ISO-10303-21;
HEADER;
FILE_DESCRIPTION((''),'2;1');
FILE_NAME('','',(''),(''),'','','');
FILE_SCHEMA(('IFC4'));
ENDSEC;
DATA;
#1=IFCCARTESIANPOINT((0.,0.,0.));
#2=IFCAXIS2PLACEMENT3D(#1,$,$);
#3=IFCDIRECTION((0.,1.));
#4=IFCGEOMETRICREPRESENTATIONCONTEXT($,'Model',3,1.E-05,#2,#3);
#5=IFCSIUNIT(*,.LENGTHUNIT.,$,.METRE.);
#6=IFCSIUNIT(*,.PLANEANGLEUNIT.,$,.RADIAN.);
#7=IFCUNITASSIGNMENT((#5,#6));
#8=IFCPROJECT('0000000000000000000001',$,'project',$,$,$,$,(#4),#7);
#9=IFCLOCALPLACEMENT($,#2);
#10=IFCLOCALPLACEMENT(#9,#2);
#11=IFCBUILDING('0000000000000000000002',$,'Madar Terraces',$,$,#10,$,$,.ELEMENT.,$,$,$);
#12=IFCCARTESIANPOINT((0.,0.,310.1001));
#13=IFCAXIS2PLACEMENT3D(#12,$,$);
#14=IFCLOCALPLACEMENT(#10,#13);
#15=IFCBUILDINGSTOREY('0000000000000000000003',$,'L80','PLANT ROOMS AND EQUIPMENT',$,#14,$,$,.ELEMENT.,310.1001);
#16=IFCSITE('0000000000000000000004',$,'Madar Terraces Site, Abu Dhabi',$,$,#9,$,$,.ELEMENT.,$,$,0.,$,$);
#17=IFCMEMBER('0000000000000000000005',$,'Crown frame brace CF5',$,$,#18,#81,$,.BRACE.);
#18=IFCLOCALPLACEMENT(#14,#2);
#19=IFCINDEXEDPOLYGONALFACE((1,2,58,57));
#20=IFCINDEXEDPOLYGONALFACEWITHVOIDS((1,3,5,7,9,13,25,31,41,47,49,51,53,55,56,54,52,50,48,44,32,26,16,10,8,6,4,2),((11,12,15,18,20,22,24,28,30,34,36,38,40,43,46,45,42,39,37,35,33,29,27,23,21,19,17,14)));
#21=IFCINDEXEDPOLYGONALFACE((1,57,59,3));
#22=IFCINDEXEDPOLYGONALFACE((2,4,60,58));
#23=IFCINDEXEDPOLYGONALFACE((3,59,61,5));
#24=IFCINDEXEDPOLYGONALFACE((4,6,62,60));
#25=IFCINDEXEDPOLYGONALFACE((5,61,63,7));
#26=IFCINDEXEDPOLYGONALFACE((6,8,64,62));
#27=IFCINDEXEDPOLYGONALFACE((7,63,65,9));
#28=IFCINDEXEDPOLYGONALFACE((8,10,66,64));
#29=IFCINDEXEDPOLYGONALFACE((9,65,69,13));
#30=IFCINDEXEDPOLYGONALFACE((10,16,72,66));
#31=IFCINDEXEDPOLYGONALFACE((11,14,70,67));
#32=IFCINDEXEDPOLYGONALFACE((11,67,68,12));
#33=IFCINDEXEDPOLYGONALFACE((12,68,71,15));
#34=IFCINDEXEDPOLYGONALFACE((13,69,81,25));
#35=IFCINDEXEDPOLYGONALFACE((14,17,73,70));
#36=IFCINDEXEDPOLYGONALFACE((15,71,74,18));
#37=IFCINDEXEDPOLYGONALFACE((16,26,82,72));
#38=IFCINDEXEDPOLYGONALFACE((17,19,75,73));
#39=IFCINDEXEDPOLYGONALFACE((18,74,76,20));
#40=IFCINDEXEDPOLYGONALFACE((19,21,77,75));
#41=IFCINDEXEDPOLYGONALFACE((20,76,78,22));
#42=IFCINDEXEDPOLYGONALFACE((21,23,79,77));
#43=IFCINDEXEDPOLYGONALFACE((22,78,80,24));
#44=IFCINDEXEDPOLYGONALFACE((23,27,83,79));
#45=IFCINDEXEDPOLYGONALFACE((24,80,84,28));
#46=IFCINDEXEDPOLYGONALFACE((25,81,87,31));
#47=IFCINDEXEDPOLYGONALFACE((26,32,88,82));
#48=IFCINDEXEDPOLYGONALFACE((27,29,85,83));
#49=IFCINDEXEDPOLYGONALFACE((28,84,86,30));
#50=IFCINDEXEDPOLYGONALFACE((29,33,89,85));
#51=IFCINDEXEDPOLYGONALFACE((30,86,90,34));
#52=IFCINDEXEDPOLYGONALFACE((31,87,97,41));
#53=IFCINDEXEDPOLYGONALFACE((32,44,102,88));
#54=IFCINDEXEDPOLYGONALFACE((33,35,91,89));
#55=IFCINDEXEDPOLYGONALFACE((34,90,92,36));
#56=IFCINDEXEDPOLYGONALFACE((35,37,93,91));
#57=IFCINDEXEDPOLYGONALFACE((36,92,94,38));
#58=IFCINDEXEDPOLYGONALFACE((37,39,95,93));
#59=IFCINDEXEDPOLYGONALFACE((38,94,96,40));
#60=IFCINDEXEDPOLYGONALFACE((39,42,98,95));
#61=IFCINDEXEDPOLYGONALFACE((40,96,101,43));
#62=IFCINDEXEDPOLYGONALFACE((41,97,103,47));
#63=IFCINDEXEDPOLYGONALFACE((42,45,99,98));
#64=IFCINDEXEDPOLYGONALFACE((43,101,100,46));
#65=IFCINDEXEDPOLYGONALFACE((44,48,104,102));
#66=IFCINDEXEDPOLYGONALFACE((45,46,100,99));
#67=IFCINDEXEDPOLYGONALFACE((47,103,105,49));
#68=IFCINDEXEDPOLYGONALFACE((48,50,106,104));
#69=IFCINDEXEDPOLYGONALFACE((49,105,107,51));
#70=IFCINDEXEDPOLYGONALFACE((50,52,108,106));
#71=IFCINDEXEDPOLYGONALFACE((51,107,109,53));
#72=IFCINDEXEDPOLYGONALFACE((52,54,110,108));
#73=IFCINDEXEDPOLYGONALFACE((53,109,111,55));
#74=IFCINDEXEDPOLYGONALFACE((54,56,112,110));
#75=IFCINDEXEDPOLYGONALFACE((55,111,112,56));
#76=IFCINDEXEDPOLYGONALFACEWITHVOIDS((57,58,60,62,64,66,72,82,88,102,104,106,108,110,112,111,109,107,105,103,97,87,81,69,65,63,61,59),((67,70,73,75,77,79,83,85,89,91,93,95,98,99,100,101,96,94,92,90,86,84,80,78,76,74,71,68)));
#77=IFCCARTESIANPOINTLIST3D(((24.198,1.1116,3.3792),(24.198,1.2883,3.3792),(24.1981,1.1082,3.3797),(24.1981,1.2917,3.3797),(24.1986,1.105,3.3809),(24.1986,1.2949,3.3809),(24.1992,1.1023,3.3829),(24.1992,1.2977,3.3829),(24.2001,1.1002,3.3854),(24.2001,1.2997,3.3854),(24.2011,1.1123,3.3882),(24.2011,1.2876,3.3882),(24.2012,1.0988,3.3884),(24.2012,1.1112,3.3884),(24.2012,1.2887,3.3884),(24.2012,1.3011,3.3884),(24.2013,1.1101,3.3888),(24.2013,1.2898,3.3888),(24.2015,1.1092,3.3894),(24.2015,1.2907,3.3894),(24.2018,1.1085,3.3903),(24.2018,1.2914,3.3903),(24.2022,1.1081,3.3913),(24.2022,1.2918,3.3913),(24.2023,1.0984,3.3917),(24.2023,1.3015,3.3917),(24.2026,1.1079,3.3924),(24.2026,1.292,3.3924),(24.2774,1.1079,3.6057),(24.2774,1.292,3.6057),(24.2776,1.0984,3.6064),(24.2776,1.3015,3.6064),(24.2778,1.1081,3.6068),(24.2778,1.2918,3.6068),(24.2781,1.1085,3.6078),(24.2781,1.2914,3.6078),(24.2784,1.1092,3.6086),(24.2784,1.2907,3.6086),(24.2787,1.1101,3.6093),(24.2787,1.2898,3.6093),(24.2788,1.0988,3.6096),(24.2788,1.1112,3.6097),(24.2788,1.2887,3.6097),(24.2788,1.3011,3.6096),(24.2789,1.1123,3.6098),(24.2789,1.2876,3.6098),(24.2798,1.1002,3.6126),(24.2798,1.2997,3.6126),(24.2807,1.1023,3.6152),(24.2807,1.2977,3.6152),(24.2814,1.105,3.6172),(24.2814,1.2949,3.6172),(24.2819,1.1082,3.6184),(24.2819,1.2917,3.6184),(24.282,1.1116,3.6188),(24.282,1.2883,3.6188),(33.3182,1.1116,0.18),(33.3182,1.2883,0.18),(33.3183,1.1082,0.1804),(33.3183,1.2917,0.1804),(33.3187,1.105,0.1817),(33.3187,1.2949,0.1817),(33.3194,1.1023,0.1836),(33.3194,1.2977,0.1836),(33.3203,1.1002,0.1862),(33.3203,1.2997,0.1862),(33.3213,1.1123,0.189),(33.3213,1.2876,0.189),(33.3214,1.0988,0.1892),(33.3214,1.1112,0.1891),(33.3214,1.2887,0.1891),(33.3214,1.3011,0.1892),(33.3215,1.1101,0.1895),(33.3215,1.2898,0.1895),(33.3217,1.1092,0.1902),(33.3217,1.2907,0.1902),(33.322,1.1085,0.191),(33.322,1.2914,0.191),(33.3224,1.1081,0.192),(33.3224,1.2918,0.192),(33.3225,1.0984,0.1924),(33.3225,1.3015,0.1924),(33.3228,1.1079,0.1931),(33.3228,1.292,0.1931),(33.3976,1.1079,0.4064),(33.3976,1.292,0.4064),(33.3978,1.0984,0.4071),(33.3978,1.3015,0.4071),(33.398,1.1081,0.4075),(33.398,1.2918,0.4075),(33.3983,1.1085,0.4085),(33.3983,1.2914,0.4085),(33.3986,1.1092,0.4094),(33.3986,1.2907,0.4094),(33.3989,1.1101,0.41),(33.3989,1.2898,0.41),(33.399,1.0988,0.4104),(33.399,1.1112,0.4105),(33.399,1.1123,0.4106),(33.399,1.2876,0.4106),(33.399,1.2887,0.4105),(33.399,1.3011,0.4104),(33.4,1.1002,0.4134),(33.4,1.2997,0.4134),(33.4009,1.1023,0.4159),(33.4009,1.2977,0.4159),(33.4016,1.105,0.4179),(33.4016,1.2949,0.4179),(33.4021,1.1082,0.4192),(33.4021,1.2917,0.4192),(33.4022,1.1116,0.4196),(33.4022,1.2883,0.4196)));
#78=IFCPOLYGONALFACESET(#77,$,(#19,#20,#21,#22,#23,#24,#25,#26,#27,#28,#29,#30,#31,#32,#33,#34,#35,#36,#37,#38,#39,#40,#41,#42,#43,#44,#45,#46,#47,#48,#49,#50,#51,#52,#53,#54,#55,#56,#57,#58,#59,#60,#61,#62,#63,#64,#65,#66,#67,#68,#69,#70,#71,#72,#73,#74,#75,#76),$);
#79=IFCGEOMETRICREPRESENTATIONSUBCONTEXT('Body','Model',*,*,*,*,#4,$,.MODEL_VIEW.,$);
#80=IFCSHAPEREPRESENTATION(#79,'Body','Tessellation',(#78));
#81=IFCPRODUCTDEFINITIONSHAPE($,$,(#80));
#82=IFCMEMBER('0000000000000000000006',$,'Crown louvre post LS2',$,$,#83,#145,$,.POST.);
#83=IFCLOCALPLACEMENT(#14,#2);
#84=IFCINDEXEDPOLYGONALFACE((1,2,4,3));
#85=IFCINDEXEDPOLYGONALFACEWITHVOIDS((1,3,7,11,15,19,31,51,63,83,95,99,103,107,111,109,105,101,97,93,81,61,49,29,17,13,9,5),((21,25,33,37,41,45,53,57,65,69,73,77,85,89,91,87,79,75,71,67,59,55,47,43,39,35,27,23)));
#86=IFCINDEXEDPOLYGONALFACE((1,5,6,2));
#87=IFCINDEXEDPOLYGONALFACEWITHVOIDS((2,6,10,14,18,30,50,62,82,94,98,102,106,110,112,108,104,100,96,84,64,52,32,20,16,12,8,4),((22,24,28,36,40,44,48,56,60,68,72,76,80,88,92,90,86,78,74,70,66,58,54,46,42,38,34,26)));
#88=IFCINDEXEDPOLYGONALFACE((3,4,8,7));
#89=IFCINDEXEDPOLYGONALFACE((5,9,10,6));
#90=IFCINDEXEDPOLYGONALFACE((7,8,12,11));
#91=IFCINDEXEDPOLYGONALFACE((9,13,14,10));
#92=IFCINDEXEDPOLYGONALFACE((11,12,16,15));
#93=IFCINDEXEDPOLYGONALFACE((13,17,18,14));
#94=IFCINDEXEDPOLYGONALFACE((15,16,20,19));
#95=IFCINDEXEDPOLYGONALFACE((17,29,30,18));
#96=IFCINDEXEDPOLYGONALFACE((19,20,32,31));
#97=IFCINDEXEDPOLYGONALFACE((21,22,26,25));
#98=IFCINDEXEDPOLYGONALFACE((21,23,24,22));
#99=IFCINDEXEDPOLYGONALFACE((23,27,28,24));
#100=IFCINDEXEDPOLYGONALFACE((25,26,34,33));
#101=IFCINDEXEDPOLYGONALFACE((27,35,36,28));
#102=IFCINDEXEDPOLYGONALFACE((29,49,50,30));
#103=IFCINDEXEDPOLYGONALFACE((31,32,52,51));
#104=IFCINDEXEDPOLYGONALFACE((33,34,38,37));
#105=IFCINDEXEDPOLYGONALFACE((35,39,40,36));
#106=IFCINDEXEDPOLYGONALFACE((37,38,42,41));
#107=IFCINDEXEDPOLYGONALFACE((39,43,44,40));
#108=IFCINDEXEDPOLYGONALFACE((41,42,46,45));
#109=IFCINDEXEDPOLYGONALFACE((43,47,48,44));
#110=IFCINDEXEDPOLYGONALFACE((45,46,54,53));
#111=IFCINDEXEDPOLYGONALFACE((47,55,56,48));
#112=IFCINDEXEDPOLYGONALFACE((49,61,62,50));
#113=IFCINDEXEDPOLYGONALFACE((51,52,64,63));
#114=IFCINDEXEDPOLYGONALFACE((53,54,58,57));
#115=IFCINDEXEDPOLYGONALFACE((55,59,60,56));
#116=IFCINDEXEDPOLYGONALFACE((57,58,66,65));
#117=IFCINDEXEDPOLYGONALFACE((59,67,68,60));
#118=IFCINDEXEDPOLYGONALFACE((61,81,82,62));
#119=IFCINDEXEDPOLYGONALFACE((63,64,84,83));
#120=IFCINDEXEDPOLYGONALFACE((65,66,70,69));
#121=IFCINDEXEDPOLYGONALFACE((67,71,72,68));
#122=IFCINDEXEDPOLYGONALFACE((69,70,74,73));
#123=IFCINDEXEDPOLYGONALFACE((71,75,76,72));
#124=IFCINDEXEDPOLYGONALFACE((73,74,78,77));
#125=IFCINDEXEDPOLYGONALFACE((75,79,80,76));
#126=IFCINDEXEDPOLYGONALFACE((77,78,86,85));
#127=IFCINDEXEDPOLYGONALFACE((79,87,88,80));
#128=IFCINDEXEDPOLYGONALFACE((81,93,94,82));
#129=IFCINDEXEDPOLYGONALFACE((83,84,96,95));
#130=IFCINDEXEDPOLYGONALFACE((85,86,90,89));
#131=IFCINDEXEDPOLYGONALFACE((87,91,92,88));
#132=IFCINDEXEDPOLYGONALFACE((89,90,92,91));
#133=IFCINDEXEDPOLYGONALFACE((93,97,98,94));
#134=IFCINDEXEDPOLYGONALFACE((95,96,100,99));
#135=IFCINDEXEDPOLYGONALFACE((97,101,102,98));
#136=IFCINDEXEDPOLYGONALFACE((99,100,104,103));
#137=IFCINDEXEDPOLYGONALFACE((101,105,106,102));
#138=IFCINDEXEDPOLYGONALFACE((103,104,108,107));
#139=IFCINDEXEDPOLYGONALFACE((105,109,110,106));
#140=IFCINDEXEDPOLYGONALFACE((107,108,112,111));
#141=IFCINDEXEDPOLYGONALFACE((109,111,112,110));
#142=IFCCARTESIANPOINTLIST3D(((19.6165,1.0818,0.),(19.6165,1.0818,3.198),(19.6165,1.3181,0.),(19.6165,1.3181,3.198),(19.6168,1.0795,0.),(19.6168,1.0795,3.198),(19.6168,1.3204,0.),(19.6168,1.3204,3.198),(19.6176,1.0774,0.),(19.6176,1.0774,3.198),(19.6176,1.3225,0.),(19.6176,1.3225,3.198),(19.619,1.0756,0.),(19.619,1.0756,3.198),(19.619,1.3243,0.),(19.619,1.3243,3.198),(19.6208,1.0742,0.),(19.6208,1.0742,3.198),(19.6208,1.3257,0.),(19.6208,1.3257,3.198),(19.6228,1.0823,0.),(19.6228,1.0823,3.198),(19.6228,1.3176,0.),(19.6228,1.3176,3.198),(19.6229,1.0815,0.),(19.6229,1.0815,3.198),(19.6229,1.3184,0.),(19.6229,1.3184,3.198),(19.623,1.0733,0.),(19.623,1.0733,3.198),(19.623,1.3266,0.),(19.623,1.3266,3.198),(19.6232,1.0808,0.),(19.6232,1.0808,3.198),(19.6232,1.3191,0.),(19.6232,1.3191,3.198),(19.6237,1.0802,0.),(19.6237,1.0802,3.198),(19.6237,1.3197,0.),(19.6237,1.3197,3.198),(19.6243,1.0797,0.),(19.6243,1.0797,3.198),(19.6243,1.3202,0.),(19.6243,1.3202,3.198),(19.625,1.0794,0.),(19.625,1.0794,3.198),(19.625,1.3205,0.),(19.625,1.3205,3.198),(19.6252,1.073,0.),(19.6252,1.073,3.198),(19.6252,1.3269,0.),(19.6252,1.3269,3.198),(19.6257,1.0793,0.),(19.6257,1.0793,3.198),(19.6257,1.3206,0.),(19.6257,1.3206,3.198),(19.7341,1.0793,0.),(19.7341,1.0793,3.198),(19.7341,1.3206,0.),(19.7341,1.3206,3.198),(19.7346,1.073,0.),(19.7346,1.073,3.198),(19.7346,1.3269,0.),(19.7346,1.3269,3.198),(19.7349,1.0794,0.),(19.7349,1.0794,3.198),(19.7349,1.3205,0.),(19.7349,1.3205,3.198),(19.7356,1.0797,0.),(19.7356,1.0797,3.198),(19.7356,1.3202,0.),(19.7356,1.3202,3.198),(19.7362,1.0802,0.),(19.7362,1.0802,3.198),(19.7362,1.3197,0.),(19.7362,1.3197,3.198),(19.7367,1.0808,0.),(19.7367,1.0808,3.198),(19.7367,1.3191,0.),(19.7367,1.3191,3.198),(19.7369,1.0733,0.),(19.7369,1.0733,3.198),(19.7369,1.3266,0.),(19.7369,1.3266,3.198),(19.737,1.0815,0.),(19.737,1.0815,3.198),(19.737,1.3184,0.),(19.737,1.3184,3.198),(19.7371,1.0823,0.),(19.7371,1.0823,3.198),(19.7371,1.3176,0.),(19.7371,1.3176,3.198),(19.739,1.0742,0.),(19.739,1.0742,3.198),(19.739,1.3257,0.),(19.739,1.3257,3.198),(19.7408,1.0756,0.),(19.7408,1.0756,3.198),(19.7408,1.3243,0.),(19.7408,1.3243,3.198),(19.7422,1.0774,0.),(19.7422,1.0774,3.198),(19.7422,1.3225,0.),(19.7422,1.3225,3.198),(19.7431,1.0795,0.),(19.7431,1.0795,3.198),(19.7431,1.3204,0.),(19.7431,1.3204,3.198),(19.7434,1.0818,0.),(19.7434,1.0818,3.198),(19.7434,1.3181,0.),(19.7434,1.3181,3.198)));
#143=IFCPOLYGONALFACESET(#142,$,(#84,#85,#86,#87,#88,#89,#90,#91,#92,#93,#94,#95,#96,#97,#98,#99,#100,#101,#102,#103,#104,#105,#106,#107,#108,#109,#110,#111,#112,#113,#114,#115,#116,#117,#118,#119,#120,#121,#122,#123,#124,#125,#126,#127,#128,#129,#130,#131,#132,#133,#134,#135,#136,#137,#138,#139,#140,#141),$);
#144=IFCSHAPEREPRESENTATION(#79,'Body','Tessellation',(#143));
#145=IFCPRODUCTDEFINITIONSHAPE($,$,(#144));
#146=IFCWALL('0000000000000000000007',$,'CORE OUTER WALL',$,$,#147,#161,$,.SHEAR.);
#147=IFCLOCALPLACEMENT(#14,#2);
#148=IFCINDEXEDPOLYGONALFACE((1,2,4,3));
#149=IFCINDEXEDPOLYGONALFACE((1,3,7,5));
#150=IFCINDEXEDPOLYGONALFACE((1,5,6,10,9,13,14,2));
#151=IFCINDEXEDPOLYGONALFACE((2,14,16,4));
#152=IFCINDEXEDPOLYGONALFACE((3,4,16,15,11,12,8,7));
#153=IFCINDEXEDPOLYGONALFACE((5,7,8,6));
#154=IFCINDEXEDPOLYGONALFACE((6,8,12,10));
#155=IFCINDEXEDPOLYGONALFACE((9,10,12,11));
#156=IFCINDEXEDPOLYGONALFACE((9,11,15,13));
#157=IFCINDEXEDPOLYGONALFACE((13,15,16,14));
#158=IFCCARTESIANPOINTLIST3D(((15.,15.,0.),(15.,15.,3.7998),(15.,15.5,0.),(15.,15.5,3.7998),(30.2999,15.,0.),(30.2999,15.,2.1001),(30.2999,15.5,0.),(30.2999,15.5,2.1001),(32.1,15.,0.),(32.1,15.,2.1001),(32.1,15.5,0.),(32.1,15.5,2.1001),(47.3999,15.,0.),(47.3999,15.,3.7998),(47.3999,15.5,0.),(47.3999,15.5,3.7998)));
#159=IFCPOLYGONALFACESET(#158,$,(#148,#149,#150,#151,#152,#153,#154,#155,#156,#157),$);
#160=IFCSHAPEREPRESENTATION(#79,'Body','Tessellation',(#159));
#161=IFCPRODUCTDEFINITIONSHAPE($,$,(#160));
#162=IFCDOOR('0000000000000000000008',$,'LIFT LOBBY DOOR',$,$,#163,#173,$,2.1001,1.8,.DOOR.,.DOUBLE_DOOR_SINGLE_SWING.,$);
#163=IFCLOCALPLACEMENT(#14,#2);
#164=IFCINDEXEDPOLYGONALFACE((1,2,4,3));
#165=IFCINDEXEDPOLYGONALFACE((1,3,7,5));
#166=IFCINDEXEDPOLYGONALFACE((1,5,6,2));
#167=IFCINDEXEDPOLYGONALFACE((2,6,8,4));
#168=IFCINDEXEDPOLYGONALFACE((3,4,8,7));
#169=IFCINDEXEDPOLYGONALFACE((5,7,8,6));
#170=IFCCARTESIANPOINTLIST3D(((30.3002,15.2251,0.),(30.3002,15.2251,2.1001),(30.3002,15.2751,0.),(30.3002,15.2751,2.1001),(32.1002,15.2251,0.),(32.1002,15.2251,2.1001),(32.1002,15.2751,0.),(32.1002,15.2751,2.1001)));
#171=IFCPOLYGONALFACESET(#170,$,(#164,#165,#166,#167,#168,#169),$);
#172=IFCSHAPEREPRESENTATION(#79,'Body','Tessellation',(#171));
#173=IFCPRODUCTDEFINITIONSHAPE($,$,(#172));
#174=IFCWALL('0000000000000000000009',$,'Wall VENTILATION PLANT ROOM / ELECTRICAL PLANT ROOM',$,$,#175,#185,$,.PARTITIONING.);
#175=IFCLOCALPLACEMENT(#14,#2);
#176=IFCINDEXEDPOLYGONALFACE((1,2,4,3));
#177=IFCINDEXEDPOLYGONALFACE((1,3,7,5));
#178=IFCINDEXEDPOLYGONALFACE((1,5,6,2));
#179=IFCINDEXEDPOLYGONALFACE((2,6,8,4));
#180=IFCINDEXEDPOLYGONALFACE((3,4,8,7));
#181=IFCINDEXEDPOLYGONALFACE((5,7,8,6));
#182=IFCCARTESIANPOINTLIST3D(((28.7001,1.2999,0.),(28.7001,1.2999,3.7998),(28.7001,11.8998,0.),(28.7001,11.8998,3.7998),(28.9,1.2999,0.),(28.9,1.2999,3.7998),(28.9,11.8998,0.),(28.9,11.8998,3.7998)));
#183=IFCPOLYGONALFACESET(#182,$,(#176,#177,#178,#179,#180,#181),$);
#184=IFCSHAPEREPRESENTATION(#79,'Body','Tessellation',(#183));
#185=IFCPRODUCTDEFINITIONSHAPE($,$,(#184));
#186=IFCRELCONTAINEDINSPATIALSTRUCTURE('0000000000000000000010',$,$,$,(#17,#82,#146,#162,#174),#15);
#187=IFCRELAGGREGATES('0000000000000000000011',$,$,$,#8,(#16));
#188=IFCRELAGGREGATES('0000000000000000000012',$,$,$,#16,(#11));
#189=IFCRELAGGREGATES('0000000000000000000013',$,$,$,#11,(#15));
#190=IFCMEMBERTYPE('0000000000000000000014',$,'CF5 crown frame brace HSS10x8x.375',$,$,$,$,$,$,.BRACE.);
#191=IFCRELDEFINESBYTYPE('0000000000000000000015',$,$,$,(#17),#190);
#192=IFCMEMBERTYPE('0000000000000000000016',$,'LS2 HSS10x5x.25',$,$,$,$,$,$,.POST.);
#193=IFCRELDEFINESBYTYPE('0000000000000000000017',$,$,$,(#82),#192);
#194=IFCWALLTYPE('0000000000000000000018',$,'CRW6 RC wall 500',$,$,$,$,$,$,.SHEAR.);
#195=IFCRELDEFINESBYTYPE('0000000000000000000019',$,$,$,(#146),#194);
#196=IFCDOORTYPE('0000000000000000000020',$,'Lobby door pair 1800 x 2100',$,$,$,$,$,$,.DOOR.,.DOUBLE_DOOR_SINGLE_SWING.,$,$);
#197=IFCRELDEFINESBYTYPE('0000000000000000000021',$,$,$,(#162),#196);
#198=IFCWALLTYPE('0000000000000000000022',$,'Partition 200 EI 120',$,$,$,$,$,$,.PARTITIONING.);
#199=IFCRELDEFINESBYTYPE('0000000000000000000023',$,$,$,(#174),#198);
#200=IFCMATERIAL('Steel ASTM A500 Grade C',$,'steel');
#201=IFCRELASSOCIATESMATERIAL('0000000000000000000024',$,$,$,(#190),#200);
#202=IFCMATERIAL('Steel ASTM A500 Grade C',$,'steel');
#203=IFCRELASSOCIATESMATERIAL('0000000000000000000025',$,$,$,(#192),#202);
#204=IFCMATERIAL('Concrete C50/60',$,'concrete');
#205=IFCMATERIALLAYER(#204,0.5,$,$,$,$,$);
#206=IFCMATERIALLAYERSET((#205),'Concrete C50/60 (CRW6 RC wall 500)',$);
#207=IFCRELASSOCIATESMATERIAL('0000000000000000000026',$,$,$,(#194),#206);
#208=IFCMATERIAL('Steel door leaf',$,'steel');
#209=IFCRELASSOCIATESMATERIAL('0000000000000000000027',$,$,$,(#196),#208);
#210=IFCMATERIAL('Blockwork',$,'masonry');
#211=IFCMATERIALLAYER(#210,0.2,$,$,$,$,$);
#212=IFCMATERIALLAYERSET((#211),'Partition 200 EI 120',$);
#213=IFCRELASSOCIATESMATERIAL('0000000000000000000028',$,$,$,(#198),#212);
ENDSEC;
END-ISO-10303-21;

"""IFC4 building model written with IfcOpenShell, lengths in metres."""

from ifc_helpers import new_model, si_unit, direction, frame, frame_2d, origin, origin_2d, place, context, subcontext, project, spatial, rectangle, hollow_rectangle, extrude, material, layer, layer_set, material_profile, profile_set, type_object, element, fill, save


model = new_model("IFC4")

# Units and contexts
model_context = context("Model", 3, precision=1e-05, world=origin(), true_north=direction((0.0, 1.0)))
body_context = subcontext(model_context, "Body", "Model", "MODEL_VIEW")
ifc_project = project(units=[si_unit("LENGTHUNIT", "METRE"), si_unit("PLANEANGLEUNIT", "RADIAN")], contexts=[model_context])

# Site, building, storey
site_placement = place(None, origin())
site = spatial("IfcSite", under=ifc_project, at=site_placement, Name="Madar Terraces Site, Abu Dhabi", CompositionType="ELEMENT", RefElevation=0.0)
building_placement = place(site_placement, origin())
building = spatial("IfcBuilding", under=site, at=building_placement, Name="Madar Terraces", CompositionType="ELEMENT")
storey_placement = place(building_placement, frame((0.0, 0.0, 310.1001)))
storey = spatial("IfcBuildingStorey", under=building, at=storey_placement, Name="L80", Description="PLANT ROOMS AND EQUIPMENT", CompositionType="ELEMENT", Elevation=310.1001)

# Members
ifc_material_1 = material(Name="Steel ASTM A500 Grade C", Category="steel")
ifc_material_profile_1 = material_profile(ifc_material_1, hollow_rectangle(XDim=0.2031, YDim=0.2539, WallThickness=0.0095, InnerFilletRadius=0.0044, OuterFilletRadius=0.0132, at=origin_2d()), Name="HSS10x8x.375")
ifc_profile_set_1 = profile_set([ifc_material_profile_1], Name="Steel ASTM A500 Grade C")
member_type_1 = type_object("IfcMemberType", Name="CF5 crown frame brace HSS10x8x.375", PredefinedType="BRACE", material=ifc_profile_set_1)
member_1_placement = place(storey_placement, frame((24.24, 1.2, 3.499), z_axis=(0.943627, 0.0, -0.331012), x_axis=(0.0, 1.0, 0.0)))
element("IfcMember", 1, at=member_1_placement, inside=storey, type_object=member_type_1, Name="Crown frame brace CF5", PredefinedType="BRACE", context=body_context, shape_type="SweptSolid", body=[
    extrude(hollow_rectangle(XDim=0.2031, YDim=0.2539, WallThickness=0.0095, InnerFilletRadius=0.0044, OuterFilletRadius=0.0132, at=origin_2d()), origin(), (0.0, 0.0, 1.0), 9.665),
])
ifc_material_2 = material(Name="Steel ASTM A500 Grade C", Category="steel")
ifc_material_profile_2 = material_profile(ifc_material_2, hollow_rectangle(XDim=0.127, YDim=0.2539, WallThickness=0.0063, InnerFilletRadius=0.0029, OuterFilletRadius=0.0088, at=origin_2d()), Name="HSS10x5x.25")
ifc_profile_set_2 = profile_set([ifc_material_profile_2], Name="Steel ASTM A500 Grade C")
member_type_2 = type_object("IfcMemberType", Name="LS2 HSS10x5x.25", PredefinedType="POST", material=ifc_profile_set_2)
member_2_placement = place(storey_placement, frame((19.6799, 1.2, 0.0), z_axis=(0.0, 0.0, 1.0), x_axis=(1.0, 0.0, 0.0)))
element("IfcMember", 2, at=member_2_placement, inside=storey, type_object=member_type_2, Name="Crown louvre post LS2", PredefinedType="POST", context=body_context, shape_type="SweptSolid", body=[
    extrude(hollow_rectangle(XDim=0.127, YDim=0.2539, WallThickness=0.0063, InnerFilletRadius=0.0029, OuterFilletRadius=0.0088, at=origin_2d()), origin(), (0.0, 0.0, 1.0), 3.198),
])

# Wall, opening, door
ifc_material_3 = material(Name="Concrete C50/60", Category="concrete")
ifc_layer_1 = layer(ifc_material_3, 0.5)
ifc_layer_set_1 = layer_set([ifc_layer_1], Name="Concrete C50/60 (CRW6 RC wall 500)")
wall_type_1 = type_object("IfcWallType", Name="CRW6 RC wall 500", PredefinedType="SHEAR", material=ifc_layer_set_1)
wall_1_placement = place(storey_placement, frame((15.0, 15.25, 0.0), z_axis=(0.0, 0.0, 1.0), x_axis=(1.0, 0.0, 0.0)))
wall_1 = element("IfcWall", 3, at=wall_1_placement, inside=storey, type_object=wall_type_1, Name="CORE OUTER WALL", PredefinedType="SHEAR", context=body_context, shape_type="SweptSolid", body=[
    extrude(rectangle(XDim=32.3999, YDim=0.5, at=frame_2d((16.2, 0.0))), origin(), (0.0, 0.0, 1.0), 3.7998),
])
opening_placement = place(wall_1_placement, frame((15.3, 0.0, 0.0)))
opening = element("IfcOpeningElement", 4, at=opening_placement, cuts=wall_1, PredefinedType="OPENING", context=body_context, shape_type="SweptSolid", body=[
    extrude(rectangle(XDim=1.8, YDim=2.1001, at=frame_2d((0.8999, 1.05))), frame((0.0, 0.26, 0.0), z_axis=(0.0, -1.0, 0.0), x_axis=(1.0, 0.0, 0.0)), (0.0, 0.0, 1.0), 0.52),
])
ifc_material_4 = material(Name="Steel door leaf", Category="steel")
door_type = type_object("IfcDoorType", Name="Lobby door pair 1800 x 2100", OperationType="DOUBLE_DOOR_SINGLE_SWING", PredefinedType="DOOR", material=ifc_material_4)
door_placement = place(opening_placement, frame((1.8, 0.0, 0.0), z_axis=(0.0, 0.0, 1.0), x_axis=(-1.0, 0.0, 0.0)))
door = element("IfcDoor", 5, at=door_placement, inside=storey, type_object=door_type, Name="LIFT LOBBY DOOR", OperationType="DOUBLE_DOOR_SINGLE_SWING", OverallHeight=2.1001, OverallWidth=1.8, PredefinedType="DOOR", context=body_context, shape_type="SweptSolid", body=[
    extrude(rectangle(XDim=1.8, YDim=2.1001, at=frame_2d((0.8999, 1.05))), frame((0.0, 0.0249, 0.0), z_axis=(0.0, -1.0, 0.0), x_axis=(1.0, 0.0, 0.0)), (0.0, 0.0, 1.0), 0.05),
])
fill(opening, door)

# Wall
ifc_material_5 = material(Name="Blockwork", Category="masonry")
ifc_layer_2 = layer(ifc_material_5, 0.2)
ifc_layer_set_2 = layer_set([ifc_layer_2], Name="Partition 200 EI 120")
wall_type_2 = type_object("IfcWallType", Name="Partition 200 EI 120", PredefinedType="PARTITIONING", material=ifc_layer_set_2)
wall_2_placement = place(storey_placement, frame((28.8, 1.3, 0.0), z_axis=(0.0, 0.0, 1.0), x_axis=(0.0, 1.0, 0.0)))
element("IfcWall", 6, at=wall_2_placement, inside=storey, type_object=wall_type_2, Name="Wall VENTILATION PLANT ROOM / ELECTRICAL PLANT ROOM", PredefinedType="PARTITIONING", context=body_context, shape_type="SweptSolid", body=[
    extrude(rectangle(XDim=10.5999, YDim=0.2, at=frame_2d((5.2998, 0.0))), origin(), (0.0, 0.0, 1.0), 3.7998),
])

save(model, "model.ifc")
